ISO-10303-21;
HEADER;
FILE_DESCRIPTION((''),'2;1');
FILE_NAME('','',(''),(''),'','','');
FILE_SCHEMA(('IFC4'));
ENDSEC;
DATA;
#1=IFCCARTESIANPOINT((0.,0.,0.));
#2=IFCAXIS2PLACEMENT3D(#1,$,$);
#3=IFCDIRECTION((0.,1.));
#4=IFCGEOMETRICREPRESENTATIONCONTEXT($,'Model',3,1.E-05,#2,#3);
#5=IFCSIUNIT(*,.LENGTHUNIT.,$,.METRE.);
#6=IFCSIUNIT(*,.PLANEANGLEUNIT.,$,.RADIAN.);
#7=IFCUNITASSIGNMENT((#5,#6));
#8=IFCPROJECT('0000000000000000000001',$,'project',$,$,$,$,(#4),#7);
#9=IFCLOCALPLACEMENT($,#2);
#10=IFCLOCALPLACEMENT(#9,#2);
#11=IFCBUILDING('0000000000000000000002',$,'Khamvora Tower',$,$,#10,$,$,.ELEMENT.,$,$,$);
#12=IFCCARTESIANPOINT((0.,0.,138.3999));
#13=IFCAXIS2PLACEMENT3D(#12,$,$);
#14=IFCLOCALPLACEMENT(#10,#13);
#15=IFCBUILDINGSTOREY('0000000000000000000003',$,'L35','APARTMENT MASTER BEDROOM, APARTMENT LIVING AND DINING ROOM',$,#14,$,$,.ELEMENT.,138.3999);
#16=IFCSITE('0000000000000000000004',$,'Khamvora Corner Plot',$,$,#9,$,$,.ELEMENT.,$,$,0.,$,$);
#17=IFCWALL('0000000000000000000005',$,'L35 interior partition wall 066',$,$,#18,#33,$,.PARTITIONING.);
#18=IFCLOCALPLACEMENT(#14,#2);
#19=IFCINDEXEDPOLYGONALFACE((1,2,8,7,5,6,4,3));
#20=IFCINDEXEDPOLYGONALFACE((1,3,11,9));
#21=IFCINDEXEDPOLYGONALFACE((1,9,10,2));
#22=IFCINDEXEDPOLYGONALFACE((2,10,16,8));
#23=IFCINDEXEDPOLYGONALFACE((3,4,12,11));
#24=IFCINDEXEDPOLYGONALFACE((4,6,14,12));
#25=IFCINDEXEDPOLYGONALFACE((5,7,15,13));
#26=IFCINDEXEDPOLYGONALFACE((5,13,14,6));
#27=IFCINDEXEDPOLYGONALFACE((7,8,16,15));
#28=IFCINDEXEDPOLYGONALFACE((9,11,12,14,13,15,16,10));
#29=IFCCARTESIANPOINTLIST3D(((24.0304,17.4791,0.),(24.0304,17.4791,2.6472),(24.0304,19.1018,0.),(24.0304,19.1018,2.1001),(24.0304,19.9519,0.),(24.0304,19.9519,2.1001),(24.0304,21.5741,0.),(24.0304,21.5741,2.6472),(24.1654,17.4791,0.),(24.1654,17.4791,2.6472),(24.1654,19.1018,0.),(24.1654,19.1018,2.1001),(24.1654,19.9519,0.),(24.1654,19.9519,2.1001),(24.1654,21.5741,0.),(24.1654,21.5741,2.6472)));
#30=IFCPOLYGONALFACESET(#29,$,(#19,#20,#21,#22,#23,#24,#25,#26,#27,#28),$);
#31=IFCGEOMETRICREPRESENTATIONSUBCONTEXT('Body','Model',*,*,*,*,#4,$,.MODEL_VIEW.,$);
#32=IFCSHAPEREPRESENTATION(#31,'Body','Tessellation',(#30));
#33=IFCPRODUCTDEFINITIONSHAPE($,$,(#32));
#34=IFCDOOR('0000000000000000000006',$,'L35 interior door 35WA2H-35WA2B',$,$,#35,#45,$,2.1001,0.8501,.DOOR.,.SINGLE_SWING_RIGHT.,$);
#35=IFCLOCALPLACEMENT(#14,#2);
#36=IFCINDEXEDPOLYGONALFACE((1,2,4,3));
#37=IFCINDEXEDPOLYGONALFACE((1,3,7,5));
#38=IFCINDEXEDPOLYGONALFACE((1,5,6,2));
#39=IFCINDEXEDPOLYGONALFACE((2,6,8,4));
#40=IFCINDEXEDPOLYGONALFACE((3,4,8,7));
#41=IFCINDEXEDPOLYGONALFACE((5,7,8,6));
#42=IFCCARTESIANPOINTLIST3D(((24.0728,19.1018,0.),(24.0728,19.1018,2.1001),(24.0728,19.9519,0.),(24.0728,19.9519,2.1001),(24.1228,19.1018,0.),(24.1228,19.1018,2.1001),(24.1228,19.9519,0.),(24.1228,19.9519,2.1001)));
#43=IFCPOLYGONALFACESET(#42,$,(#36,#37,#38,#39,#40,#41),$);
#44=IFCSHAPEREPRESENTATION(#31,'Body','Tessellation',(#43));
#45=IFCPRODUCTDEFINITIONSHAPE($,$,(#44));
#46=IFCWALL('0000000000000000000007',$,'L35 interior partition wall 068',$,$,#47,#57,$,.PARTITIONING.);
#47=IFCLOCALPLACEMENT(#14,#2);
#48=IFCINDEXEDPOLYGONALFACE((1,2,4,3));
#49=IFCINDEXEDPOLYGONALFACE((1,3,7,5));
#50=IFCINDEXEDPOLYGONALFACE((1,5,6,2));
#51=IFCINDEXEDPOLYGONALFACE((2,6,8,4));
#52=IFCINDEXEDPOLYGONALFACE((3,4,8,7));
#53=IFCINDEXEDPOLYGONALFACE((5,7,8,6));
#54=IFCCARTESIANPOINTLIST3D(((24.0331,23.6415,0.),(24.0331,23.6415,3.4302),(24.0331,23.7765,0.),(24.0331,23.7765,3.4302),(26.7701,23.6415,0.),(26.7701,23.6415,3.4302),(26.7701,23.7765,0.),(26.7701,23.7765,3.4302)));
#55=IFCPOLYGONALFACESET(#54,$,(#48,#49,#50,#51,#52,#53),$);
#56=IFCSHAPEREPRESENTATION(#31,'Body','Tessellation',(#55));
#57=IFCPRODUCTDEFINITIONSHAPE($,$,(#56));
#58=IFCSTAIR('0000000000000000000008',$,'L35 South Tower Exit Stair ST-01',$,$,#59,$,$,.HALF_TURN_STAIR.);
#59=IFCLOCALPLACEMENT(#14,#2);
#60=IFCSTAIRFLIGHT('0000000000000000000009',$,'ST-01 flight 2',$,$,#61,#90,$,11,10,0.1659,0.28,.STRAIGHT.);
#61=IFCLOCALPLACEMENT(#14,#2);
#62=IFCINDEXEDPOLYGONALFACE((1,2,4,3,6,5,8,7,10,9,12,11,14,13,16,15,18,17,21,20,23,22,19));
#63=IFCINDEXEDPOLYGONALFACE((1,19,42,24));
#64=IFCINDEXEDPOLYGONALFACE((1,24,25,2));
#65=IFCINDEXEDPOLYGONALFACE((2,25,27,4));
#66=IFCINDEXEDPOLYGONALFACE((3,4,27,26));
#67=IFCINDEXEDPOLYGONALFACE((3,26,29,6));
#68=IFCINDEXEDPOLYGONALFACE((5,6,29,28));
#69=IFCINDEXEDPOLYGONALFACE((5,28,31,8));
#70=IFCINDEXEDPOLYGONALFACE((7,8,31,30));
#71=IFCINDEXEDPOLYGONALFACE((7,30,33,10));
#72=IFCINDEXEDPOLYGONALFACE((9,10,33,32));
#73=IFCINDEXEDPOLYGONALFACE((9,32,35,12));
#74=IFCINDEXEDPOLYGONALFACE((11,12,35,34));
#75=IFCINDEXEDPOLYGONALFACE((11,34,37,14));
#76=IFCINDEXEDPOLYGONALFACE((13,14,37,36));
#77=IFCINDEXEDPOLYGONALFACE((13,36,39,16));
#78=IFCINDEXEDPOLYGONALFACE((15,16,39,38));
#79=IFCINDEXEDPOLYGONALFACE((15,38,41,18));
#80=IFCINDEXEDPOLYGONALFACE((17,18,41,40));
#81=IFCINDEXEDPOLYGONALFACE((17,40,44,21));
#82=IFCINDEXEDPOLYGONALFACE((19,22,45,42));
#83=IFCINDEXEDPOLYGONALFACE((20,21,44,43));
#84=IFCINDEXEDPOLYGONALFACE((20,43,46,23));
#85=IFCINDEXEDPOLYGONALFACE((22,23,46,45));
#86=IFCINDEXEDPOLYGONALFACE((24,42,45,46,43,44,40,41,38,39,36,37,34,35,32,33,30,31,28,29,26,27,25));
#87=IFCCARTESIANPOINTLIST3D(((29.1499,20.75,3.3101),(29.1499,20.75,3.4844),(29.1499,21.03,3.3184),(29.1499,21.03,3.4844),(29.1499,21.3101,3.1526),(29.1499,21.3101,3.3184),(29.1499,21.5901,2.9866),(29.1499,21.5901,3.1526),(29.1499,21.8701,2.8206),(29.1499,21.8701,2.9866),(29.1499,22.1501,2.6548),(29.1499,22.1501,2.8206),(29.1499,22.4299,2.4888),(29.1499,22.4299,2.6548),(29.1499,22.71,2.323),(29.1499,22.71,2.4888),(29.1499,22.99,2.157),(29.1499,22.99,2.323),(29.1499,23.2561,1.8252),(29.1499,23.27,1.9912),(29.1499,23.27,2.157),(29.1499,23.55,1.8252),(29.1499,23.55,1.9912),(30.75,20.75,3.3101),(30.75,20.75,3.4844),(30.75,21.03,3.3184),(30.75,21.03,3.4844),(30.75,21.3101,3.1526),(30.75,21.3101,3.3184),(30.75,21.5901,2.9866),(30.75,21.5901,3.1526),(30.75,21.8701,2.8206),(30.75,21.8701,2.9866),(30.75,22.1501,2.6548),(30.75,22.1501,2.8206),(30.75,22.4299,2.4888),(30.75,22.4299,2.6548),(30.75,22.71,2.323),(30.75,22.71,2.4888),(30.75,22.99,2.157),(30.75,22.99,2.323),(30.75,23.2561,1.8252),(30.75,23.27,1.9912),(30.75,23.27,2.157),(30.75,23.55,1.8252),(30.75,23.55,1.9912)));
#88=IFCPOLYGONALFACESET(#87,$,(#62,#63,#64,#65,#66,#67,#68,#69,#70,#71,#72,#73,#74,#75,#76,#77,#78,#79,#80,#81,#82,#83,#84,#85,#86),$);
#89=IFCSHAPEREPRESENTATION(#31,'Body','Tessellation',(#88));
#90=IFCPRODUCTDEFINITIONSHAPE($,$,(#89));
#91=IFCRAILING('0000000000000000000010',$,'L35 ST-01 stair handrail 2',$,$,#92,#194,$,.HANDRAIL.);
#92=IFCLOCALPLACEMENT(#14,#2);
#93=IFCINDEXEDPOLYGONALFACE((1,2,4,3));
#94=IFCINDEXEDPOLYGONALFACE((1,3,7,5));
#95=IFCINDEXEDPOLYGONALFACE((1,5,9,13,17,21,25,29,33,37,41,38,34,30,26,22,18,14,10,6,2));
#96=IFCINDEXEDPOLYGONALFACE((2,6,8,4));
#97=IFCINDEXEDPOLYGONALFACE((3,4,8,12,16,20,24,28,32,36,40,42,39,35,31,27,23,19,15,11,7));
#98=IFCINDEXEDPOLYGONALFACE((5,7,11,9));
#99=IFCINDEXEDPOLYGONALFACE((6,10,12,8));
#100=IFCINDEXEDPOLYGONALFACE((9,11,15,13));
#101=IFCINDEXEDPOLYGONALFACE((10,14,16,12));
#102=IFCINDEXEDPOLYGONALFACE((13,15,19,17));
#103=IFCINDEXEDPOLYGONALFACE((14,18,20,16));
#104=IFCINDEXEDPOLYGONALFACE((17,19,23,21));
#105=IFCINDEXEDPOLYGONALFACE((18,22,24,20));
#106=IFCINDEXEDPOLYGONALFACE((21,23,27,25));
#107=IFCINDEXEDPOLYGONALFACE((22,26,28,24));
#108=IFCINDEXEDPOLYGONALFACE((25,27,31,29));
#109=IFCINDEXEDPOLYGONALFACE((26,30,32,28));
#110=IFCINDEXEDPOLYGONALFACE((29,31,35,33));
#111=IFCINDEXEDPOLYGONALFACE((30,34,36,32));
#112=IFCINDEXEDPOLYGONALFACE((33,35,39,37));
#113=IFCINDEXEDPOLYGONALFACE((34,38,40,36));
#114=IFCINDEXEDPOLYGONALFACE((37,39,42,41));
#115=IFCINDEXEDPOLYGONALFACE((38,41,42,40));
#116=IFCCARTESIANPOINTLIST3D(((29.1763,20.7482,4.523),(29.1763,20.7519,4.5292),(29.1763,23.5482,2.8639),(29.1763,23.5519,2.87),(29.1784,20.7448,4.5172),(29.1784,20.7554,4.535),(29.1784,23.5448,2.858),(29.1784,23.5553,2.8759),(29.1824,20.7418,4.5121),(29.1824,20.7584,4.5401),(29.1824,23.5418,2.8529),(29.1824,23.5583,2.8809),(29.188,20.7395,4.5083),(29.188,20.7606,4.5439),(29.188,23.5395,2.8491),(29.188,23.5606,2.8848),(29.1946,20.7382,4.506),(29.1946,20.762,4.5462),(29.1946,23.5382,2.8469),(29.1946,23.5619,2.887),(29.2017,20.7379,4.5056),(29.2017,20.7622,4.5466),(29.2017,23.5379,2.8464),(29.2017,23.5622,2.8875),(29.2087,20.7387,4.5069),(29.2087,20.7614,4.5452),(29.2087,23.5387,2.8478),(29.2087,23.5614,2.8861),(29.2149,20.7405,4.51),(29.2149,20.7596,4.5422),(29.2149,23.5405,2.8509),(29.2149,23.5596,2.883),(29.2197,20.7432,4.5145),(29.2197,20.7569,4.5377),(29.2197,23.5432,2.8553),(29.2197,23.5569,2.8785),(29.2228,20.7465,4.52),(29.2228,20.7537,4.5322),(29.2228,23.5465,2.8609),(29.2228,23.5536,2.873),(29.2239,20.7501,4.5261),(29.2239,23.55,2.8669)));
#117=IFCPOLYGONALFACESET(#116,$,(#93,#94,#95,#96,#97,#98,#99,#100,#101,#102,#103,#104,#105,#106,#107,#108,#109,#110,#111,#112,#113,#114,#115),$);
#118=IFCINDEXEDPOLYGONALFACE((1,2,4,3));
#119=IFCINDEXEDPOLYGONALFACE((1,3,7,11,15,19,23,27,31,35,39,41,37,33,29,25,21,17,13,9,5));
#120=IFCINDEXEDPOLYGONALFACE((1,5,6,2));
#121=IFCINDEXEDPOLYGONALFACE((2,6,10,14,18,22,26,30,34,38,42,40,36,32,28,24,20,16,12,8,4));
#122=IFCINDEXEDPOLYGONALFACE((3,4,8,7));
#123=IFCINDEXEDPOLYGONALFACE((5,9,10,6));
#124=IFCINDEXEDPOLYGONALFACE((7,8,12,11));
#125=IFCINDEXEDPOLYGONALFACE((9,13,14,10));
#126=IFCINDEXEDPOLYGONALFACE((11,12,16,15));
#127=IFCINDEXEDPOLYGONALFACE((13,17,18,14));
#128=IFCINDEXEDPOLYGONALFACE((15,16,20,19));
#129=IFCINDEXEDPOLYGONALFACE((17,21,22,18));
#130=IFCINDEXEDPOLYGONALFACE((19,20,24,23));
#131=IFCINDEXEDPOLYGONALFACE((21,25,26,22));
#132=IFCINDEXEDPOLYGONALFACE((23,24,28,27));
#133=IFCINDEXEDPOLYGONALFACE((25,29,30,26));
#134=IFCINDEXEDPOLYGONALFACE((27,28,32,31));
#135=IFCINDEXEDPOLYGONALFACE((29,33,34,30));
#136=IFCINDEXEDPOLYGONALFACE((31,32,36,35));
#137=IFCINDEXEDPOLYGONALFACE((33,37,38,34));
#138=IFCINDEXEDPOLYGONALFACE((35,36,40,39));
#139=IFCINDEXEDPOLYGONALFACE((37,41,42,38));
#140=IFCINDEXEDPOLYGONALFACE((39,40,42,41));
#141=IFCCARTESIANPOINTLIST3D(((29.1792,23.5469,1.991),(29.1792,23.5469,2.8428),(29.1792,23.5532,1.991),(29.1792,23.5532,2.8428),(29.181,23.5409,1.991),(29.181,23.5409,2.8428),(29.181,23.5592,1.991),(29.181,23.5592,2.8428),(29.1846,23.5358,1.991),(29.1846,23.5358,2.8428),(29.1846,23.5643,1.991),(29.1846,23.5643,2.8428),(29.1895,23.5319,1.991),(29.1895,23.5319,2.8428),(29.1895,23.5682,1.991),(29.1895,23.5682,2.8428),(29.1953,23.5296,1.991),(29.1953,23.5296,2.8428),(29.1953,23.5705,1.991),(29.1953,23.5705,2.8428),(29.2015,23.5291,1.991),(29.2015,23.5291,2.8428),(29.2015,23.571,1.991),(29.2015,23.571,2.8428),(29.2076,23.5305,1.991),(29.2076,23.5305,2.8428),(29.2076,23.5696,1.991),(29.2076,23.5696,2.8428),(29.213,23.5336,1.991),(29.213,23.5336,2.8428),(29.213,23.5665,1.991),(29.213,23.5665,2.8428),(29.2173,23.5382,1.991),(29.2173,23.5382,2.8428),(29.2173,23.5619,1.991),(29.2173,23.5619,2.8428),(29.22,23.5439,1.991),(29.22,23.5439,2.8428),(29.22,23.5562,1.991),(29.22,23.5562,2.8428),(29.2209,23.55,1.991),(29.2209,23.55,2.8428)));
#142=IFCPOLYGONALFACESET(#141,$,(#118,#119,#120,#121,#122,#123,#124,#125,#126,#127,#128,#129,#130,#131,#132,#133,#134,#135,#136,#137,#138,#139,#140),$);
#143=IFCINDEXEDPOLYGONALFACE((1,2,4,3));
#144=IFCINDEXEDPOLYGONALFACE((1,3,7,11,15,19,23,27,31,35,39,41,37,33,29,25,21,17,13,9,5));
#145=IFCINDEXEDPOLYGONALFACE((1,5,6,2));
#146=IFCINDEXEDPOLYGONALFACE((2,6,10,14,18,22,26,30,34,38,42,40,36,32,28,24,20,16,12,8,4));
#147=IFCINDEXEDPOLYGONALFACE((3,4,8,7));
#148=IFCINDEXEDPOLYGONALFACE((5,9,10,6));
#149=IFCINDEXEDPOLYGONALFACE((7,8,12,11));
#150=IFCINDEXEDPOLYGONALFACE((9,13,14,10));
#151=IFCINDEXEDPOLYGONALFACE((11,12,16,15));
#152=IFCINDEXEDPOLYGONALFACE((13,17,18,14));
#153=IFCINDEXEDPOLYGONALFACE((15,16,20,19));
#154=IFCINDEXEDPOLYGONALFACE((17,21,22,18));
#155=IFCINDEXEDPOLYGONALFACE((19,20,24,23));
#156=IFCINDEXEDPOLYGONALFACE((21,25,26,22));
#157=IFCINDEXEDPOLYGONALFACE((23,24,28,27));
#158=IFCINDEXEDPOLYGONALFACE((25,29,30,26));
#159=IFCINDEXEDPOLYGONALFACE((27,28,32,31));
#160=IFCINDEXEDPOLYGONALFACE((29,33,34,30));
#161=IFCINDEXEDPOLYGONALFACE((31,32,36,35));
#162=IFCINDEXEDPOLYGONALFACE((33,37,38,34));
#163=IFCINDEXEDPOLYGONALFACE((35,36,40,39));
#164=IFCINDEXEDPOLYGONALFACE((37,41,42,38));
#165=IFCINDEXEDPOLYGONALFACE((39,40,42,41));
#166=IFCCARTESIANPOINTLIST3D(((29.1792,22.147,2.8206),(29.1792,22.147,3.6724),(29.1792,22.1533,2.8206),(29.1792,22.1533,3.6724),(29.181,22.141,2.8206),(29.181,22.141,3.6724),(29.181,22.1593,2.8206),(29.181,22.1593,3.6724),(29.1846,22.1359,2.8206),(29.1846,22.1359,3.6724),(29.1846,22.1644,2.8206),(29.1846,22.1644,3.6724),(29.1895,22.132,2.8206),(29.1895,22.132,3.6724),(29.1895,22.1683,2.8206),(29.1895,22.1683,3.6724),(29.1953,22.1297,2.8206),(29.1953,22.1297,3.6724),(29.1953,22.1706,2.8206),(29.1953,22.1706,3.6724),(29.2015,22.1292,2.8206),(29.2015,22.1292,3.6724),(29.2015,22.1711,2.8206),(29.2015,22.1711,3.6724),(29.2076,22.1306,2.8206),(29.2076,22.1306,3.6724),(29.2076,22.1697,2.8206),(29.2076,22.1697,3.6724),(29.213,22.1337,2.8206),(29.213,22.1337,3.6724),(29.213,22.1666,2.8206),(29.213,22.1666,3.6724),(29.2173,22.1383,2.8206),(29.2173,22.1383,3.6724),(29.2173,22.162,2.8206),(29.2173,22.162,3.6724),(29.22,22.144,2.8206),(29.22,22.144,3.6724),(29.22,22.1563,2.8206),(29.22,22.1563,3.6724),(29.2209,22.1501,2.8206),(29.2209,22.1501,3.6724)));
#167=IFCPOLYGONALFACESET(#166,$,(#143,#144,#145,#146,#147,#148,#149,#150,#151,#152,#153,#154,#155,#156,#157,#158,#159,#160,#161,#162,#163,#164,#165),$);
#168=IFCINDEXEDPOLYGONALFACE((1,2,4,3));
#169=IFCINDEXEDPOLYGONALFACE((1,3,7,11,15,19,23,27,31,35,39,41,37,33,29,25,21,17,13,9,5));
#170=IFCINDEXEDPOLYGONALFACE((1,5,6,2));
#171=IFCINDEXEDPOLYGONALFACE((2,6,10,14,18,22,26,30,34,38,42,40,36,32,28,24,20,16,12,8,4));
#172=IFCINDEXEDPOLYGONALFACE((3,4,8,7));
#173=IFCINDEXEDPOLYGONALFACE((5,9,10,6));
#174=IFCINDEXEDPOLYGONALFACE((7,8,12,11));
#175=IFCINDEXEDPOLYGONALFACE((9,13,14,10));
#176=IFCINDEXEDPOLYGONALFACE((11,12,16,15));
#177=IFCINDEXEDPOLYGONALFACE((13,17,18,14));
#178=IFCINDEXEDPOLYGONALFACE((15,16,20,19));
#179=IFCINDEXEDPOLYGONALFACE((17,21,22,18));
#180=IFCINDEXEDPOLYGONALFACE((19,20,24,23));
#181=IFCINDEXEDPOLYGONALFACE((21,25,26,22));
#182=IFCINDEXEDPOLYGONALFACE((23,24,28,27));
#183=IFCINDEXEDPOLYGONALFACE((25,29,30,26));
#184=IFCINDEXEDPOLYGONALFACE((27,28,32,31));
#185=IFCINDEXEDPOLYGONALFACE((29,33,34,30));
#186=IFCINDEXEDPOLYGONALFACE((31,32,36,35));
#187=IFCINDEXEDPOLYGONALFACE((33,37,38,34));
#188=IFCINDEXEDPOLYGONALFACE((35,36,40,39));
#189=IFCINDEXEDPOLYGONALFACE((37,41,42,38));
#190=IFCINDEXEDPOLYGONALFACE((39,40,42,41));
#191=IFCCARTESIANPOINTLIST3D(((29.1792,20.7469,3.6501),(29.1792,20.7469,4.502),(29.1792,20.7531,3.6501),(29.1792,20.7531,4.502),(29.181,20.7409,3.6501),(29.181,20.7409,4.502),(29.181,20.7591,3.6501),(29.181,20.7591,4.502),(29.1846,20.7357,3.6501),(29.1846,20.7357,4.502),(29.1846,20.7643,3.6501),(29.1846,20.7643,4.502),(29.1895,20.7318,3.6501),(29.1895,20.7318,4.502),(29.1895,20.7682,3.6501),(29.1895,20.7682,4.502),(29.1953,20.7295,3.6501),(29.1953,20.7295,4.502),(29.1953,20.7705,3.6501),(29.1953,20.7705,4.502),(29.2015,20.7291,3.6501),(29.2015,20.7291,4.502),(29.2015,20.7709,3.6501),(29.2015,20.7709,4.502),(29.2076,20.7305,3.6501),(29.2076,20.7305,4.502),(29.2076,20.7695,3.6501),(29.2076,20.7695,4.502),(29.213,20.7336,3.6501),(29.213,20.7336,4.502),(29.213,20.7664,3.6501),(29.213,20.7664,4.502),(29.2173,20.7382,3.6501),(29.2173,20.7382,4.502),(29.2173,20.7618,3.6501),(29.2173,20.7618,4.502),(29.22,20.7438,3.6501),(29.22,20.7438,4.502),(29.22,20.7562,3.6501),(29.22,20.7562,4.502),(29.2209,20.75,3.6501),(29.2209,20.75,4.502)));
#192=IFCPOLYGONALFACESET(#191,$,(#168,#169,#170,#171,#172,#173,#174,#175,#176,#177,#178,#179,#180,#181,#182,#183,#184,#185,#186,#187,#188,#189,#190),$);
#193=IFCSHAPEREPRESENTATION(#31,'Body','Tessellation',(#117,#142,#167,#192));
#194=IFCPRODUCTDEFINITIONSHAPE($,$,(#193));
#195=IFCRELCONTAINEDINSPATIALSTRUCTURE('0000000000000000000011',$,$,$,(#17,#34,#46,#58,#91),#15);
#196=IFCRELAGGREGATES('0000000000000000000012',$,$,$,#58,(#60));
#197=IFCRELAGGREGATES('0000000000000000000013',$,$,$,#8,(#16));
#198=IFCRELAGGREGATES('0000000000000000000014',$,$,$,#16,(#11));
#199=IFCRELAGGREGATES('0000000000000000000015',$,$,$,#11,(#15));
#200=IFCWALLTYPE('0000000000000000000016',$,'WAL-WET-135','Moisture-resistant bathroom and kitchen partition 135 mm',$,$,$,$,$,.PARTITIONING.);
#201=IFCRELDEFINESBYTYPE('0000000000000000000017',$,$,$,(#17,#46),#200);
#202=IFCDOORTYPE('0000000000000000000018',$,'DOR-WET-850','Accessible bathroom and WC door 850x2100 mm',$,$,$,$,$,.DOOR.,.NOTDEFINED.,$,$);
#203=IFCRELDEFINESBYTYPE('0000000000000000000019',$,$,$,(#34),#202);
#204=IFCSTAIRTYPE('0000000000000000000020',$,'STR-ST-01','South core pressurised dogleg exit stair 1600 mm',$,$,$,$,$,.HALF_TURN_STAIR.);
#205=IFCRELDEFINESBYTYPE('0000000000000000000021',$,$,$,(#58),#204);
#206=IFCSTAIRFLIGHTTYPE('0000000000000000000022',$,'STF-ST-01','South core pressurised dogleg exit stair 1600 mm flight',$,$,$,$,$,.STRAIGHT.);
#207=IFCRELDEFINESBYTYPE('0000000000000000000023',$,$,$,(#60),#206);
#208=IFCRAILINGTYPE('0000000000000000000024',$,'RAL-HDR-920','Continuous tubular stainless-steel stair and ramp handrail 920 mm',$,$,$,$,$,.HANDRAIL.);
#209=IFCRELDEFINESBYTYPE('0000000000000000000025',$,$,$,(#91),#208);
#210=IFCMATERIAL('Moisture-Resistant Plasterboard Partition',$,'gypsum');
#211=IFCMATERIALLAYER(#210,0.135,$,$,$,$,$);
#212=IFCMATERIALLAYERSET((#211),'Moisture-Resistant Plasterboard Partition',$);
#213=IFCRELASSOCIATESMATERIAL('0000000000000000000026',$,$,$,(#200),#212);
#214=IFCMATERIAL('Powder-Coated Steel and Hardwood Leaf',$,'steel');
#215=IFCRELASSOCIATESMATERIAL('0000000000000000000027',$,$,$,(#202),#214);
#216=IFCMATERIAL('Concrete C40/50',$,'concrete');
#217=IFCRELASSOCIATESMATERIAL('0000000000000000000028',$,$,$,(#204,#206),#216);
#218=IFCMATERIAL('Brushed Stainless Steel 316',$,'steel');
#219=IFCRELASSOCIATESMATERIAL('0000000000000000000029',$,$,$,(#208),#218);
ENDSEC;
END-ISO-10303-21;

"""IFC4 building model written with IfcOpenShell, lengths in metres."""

from ifc_helpers import new_model, si_unit, direction, frame, frame_2d, origin, origin_2d, place, context, subcontext, project, spatial, polyline, rectangle, circle, outline, extrude, material, layer, layer_set, type_object, element, fill, aggregate, save


model = new_model("IFC4")

# Units and contexts
model_context = context("Model", 3, precision=1e-05, world=origin(), true_north=direction((0.0, 1.0)))
body_context = subcontext(model_context, "Body", "Model", "MODEL_VIEW")
ifc_project = project(units=[si_unit("LENGTHUNIT", "METRE"), si_unit("PLANEANGLEUNIT", "RADIAN")], contexts=[model_context])

# Site, building, storey
site_placement = place(None, origin())
site = spatial("IfcSite", under=ifc_project, at=site_placement, Name="Khamvora Corner Plot", CompositionType="ELEMENT", RefElevation=0.0)
building_placement = place(site_placement, origin())
building = spatial("IfcBuilding", under=site, at=building_placement, Name="Khamvora Tower", CompositionType="ELEMENT")
storey_placement = place(building_placement, frame((0.0, 0.0, 138.3999)))
storey = spatial("IfcBuildingStorey", under=building, at=storey_placement, Name="L35", Description="APARTMENT MASTER BEDROOM, APARTMENT LIVING AND DINING ROOM", CompositionType="ELEMENT", Elevation=138.3999)

# Shared definitions
ifc_material_1 = material(Name="Powder-Coated Steel and Hardwood Leaf", Category="steel")

# Shared definitions
ifc_material_2 = material(Name="Moisture-Resistant Plasterboard Partition", Category="gypsum")
ifc_layer_1 = layer(ifc_material_2, 0.135)
ifc_layer_set_1 = layer_set([ifc_layer_1], Name="Moisture-Resistant Plasterboard Partition")
wall_type_1 = type_object("IfcWallType", Name="WAL-WET-135", Description="Moisture-resistant bathroom and kitchen partition 135 mm", PredefinedType="PARTITIONING", material=ifc_layer_set_1)

# Wall, opening, door
wall_1_placement = place(storey_placement, frame((24.0979, 21.574, 0.0), z_axis=(0.0, 0.0, 1.0), x_axis=(0.0, -1.0, 0.0)))
wall_1 = element("IfcWall", 1, at=wall_1_placement, inside=storey, type_object=wall_type_1, Name="L35 interior partition wall 066", PredefinedType="PARTITIONING", context=body_context, shape_type="SweptSolid", body=[
    extrude(rectangle(XDim=4.095, YDim=0.135, at=frame_2d((2.0474, 0.0))), origin(), (0.0, 0.0, 1.0), 2.6472),
])
opening_1_placement = place(wall_1_placement, frame((1.6221, 0.0, 0.0)))
opening_1 = element("IfcOpeningElement", 2, at=opening_1_placement, cuts=wall_1, PredefinedType="OPENING", context=body_context, shape_type="SweptSolid", body=[
    extrude(rectangle(XDim=0.8501, YDim=2.1001, at=frame_2d((0.425, 1.05))), frame((0.0, 0.0774, 0.0), z_axis=(0.0, -1.0, 0.0), x_axis=(1.0, 0.0, 0.0)), (0.0, 0.0, 1.0), 0.155),
])
door_type_1 = type_object("IfcDoorType", Name="DOR-WET-850", Description="Accessible bathroom and WC door 850x2100 mm", OperationType="NOTDEFINED", PredefinedType="DOOR", material=ifc_material_1)
door_1_placement = place(opening_1_placement, origin())
door_1 = element("IfcDoor", 3, at=door_1_placement, inside=storey, type_object=door_type_1, Name="L35 interior door 35WA2H-35WA2B", OperationType="SINGLE_SWING_RIGHT", OverallHeight=2.1001, OverallWidth=0.8501, PredefinedType="DOOR", context=body_context, shape_type="SweptSolid", body=[
    extrude(rectangle(XDim=0.8501, YDim=2.1001, at=frame_2d((0.425, 1.05))), frame((0.0, 0.0249, 0.0), z_axis=(0.0, -1.0, 0.0), x_axis=(1.0, 0.0, 0.0)), (0.0, 0.0, 1.0), 0.05),
])
fill(opening_1, door_1)

# Wall
wall_2_placement = place(storey_placement, frame((24.033, 23.709, 0.0), z_axis=(0.0, 0.0, 1.0), x_axis=(1.0, 0.0, 0.0)))
element("IfcWall", 4, at=wall_2_placement, inside=storey, type_object=wall_type_1, Name="L35 interior partition wall 068", PredefinedType="PARTITIONING", context=body_context, shape_type="SweptSolid", body=[
    extrude(rectangle(XDim=2.7371, YDim=0.135, at=frame_2d((1.3687, 0.0))), origin(), (0.0, 0.0, 1.0), 3.4302),
])

# Stair, stair flight
ifc_material_3 = material(Name="Concrete C40/50", Category="concrete")
stair_type = type_object("IfcStairType", Name="STR-ST-01", Description="South core pressurised dogleg exit stair 1600 mm", PredefinedType="HALF_TURN_STAIR", material=ifc_material_3)
stair_placement = place(storey_placement, origin())
stair = element("IfcStair", 5, at=stair_placement, inside=storey, type_object=stair_type, Name="L35 South Tower Exit Stair ST-01", PredefinedType="HALF_TURN_STAIR")
stair_flight_type = type_object("IfcStairFlightType", Name="STF-ST-01", Description="South core pressurised dogleg exit stair 1600 mm flight", PredefinedType="STRAIGHT", material=ifc_material_3)
stair_flight_placement = place(storey_placement, frame((29.95, 23.55, 1.8252), z_axis=(0.0, 0.0, 1.0), x_axis=(0.0, -1.0, 0.0)))
stair_flight = element("IfcStairFlight", 6, at=stair_flight_placement, type_object=stair_flight_type, Name="ST-01 flight 2", NumberOfRisers=11, NumberOfTreads=10, PredefinedType="STRAIGHT", RiserHeight=0.1659, TreadLength=0.28, context=body_context, shape_type="SweptSolid", body=[
    extrude(outline(polyline([(0.0, 0.0), (0.0, 0.166), (0.28, 0.166), (0.28, 0.3318), (0.5601, 0.3318), (0.5601, 0.4978), (0.8401, 0.4978), (0.8401, 0.6636), (1.1201, 0.6636), (1.1201, 0.8296), (1.3999, 0.8296), (1.3999, 0.9954), (1.6799, 0.9954), (1.6799, 1.1614), (1.96, 1.1614), (1.96, 1.3274), (2.24, 1.3274), (2.24, 1.4932), (2.52, 1.4932), (2.52, 1.6592), (2.8, 1.6592), (2.8, 1.825), (2.8, 1.4849), (0.2939, 0.0), (0.0, 0.0)])), frame((0.0, 0.8, 0.0), z_axis=(0.0, -1.0, 0.0), x_axis=(1.0, 0.0, 0.0)), (0.0, 0.0, 1.0), 1.6001),
])
aggregate(stair, [stair_flight])

# Railing
ifc_material_4 = material(Name="Brushed Stainless Steel 316", Category="steel")
railing_type_1 = type_object("IfcRailingType", Name="RAL-HDR-920", Description="Continuous tubular stainless-steel stair and ramp handrail 920 mm", PredefinedType="HANDRAIL", material=ifc_material_4)
railing_1_placement = place(storey_placement, frame((29.2, 23.55, 1.991)))
element("IfcRailing", 7, at=railing_1_placement, inside=storey, type_object=railing_type_1, Name="L35 ST-01 stair handrail 2", PredefinedType="HANDRAIL", context=body_context, shape_type="SweptSolid", body=[
    extrude(circle(Radius=0.0239, at=origin_2d()), frame((0.0, 0.0, 0.876), z_axis=(0.0, -0.860306, 0.509778), x_axis=(1.0, 0.0, 0.0)), (0.0, 0.0, 1.0), 3.2546),
    extrude(circle(Radius=0.021, at=origin_2d()), origin(), (0.0, 0.0, 1.0), 0.8518),
    extrude(circle(Radius=0.021, at=origin_2d()), frame((0.0, -1.3999, 0.8296)), (0.0, 0.0, 1.0), 0.8518),
    extrude(circle(Radius=0.021, at=origin_2d()), frame((0.0, -2.8, 1.6592)), (0.0, 0.0, 1.0), 0.8518),
])

save(model, "model.ifc")
